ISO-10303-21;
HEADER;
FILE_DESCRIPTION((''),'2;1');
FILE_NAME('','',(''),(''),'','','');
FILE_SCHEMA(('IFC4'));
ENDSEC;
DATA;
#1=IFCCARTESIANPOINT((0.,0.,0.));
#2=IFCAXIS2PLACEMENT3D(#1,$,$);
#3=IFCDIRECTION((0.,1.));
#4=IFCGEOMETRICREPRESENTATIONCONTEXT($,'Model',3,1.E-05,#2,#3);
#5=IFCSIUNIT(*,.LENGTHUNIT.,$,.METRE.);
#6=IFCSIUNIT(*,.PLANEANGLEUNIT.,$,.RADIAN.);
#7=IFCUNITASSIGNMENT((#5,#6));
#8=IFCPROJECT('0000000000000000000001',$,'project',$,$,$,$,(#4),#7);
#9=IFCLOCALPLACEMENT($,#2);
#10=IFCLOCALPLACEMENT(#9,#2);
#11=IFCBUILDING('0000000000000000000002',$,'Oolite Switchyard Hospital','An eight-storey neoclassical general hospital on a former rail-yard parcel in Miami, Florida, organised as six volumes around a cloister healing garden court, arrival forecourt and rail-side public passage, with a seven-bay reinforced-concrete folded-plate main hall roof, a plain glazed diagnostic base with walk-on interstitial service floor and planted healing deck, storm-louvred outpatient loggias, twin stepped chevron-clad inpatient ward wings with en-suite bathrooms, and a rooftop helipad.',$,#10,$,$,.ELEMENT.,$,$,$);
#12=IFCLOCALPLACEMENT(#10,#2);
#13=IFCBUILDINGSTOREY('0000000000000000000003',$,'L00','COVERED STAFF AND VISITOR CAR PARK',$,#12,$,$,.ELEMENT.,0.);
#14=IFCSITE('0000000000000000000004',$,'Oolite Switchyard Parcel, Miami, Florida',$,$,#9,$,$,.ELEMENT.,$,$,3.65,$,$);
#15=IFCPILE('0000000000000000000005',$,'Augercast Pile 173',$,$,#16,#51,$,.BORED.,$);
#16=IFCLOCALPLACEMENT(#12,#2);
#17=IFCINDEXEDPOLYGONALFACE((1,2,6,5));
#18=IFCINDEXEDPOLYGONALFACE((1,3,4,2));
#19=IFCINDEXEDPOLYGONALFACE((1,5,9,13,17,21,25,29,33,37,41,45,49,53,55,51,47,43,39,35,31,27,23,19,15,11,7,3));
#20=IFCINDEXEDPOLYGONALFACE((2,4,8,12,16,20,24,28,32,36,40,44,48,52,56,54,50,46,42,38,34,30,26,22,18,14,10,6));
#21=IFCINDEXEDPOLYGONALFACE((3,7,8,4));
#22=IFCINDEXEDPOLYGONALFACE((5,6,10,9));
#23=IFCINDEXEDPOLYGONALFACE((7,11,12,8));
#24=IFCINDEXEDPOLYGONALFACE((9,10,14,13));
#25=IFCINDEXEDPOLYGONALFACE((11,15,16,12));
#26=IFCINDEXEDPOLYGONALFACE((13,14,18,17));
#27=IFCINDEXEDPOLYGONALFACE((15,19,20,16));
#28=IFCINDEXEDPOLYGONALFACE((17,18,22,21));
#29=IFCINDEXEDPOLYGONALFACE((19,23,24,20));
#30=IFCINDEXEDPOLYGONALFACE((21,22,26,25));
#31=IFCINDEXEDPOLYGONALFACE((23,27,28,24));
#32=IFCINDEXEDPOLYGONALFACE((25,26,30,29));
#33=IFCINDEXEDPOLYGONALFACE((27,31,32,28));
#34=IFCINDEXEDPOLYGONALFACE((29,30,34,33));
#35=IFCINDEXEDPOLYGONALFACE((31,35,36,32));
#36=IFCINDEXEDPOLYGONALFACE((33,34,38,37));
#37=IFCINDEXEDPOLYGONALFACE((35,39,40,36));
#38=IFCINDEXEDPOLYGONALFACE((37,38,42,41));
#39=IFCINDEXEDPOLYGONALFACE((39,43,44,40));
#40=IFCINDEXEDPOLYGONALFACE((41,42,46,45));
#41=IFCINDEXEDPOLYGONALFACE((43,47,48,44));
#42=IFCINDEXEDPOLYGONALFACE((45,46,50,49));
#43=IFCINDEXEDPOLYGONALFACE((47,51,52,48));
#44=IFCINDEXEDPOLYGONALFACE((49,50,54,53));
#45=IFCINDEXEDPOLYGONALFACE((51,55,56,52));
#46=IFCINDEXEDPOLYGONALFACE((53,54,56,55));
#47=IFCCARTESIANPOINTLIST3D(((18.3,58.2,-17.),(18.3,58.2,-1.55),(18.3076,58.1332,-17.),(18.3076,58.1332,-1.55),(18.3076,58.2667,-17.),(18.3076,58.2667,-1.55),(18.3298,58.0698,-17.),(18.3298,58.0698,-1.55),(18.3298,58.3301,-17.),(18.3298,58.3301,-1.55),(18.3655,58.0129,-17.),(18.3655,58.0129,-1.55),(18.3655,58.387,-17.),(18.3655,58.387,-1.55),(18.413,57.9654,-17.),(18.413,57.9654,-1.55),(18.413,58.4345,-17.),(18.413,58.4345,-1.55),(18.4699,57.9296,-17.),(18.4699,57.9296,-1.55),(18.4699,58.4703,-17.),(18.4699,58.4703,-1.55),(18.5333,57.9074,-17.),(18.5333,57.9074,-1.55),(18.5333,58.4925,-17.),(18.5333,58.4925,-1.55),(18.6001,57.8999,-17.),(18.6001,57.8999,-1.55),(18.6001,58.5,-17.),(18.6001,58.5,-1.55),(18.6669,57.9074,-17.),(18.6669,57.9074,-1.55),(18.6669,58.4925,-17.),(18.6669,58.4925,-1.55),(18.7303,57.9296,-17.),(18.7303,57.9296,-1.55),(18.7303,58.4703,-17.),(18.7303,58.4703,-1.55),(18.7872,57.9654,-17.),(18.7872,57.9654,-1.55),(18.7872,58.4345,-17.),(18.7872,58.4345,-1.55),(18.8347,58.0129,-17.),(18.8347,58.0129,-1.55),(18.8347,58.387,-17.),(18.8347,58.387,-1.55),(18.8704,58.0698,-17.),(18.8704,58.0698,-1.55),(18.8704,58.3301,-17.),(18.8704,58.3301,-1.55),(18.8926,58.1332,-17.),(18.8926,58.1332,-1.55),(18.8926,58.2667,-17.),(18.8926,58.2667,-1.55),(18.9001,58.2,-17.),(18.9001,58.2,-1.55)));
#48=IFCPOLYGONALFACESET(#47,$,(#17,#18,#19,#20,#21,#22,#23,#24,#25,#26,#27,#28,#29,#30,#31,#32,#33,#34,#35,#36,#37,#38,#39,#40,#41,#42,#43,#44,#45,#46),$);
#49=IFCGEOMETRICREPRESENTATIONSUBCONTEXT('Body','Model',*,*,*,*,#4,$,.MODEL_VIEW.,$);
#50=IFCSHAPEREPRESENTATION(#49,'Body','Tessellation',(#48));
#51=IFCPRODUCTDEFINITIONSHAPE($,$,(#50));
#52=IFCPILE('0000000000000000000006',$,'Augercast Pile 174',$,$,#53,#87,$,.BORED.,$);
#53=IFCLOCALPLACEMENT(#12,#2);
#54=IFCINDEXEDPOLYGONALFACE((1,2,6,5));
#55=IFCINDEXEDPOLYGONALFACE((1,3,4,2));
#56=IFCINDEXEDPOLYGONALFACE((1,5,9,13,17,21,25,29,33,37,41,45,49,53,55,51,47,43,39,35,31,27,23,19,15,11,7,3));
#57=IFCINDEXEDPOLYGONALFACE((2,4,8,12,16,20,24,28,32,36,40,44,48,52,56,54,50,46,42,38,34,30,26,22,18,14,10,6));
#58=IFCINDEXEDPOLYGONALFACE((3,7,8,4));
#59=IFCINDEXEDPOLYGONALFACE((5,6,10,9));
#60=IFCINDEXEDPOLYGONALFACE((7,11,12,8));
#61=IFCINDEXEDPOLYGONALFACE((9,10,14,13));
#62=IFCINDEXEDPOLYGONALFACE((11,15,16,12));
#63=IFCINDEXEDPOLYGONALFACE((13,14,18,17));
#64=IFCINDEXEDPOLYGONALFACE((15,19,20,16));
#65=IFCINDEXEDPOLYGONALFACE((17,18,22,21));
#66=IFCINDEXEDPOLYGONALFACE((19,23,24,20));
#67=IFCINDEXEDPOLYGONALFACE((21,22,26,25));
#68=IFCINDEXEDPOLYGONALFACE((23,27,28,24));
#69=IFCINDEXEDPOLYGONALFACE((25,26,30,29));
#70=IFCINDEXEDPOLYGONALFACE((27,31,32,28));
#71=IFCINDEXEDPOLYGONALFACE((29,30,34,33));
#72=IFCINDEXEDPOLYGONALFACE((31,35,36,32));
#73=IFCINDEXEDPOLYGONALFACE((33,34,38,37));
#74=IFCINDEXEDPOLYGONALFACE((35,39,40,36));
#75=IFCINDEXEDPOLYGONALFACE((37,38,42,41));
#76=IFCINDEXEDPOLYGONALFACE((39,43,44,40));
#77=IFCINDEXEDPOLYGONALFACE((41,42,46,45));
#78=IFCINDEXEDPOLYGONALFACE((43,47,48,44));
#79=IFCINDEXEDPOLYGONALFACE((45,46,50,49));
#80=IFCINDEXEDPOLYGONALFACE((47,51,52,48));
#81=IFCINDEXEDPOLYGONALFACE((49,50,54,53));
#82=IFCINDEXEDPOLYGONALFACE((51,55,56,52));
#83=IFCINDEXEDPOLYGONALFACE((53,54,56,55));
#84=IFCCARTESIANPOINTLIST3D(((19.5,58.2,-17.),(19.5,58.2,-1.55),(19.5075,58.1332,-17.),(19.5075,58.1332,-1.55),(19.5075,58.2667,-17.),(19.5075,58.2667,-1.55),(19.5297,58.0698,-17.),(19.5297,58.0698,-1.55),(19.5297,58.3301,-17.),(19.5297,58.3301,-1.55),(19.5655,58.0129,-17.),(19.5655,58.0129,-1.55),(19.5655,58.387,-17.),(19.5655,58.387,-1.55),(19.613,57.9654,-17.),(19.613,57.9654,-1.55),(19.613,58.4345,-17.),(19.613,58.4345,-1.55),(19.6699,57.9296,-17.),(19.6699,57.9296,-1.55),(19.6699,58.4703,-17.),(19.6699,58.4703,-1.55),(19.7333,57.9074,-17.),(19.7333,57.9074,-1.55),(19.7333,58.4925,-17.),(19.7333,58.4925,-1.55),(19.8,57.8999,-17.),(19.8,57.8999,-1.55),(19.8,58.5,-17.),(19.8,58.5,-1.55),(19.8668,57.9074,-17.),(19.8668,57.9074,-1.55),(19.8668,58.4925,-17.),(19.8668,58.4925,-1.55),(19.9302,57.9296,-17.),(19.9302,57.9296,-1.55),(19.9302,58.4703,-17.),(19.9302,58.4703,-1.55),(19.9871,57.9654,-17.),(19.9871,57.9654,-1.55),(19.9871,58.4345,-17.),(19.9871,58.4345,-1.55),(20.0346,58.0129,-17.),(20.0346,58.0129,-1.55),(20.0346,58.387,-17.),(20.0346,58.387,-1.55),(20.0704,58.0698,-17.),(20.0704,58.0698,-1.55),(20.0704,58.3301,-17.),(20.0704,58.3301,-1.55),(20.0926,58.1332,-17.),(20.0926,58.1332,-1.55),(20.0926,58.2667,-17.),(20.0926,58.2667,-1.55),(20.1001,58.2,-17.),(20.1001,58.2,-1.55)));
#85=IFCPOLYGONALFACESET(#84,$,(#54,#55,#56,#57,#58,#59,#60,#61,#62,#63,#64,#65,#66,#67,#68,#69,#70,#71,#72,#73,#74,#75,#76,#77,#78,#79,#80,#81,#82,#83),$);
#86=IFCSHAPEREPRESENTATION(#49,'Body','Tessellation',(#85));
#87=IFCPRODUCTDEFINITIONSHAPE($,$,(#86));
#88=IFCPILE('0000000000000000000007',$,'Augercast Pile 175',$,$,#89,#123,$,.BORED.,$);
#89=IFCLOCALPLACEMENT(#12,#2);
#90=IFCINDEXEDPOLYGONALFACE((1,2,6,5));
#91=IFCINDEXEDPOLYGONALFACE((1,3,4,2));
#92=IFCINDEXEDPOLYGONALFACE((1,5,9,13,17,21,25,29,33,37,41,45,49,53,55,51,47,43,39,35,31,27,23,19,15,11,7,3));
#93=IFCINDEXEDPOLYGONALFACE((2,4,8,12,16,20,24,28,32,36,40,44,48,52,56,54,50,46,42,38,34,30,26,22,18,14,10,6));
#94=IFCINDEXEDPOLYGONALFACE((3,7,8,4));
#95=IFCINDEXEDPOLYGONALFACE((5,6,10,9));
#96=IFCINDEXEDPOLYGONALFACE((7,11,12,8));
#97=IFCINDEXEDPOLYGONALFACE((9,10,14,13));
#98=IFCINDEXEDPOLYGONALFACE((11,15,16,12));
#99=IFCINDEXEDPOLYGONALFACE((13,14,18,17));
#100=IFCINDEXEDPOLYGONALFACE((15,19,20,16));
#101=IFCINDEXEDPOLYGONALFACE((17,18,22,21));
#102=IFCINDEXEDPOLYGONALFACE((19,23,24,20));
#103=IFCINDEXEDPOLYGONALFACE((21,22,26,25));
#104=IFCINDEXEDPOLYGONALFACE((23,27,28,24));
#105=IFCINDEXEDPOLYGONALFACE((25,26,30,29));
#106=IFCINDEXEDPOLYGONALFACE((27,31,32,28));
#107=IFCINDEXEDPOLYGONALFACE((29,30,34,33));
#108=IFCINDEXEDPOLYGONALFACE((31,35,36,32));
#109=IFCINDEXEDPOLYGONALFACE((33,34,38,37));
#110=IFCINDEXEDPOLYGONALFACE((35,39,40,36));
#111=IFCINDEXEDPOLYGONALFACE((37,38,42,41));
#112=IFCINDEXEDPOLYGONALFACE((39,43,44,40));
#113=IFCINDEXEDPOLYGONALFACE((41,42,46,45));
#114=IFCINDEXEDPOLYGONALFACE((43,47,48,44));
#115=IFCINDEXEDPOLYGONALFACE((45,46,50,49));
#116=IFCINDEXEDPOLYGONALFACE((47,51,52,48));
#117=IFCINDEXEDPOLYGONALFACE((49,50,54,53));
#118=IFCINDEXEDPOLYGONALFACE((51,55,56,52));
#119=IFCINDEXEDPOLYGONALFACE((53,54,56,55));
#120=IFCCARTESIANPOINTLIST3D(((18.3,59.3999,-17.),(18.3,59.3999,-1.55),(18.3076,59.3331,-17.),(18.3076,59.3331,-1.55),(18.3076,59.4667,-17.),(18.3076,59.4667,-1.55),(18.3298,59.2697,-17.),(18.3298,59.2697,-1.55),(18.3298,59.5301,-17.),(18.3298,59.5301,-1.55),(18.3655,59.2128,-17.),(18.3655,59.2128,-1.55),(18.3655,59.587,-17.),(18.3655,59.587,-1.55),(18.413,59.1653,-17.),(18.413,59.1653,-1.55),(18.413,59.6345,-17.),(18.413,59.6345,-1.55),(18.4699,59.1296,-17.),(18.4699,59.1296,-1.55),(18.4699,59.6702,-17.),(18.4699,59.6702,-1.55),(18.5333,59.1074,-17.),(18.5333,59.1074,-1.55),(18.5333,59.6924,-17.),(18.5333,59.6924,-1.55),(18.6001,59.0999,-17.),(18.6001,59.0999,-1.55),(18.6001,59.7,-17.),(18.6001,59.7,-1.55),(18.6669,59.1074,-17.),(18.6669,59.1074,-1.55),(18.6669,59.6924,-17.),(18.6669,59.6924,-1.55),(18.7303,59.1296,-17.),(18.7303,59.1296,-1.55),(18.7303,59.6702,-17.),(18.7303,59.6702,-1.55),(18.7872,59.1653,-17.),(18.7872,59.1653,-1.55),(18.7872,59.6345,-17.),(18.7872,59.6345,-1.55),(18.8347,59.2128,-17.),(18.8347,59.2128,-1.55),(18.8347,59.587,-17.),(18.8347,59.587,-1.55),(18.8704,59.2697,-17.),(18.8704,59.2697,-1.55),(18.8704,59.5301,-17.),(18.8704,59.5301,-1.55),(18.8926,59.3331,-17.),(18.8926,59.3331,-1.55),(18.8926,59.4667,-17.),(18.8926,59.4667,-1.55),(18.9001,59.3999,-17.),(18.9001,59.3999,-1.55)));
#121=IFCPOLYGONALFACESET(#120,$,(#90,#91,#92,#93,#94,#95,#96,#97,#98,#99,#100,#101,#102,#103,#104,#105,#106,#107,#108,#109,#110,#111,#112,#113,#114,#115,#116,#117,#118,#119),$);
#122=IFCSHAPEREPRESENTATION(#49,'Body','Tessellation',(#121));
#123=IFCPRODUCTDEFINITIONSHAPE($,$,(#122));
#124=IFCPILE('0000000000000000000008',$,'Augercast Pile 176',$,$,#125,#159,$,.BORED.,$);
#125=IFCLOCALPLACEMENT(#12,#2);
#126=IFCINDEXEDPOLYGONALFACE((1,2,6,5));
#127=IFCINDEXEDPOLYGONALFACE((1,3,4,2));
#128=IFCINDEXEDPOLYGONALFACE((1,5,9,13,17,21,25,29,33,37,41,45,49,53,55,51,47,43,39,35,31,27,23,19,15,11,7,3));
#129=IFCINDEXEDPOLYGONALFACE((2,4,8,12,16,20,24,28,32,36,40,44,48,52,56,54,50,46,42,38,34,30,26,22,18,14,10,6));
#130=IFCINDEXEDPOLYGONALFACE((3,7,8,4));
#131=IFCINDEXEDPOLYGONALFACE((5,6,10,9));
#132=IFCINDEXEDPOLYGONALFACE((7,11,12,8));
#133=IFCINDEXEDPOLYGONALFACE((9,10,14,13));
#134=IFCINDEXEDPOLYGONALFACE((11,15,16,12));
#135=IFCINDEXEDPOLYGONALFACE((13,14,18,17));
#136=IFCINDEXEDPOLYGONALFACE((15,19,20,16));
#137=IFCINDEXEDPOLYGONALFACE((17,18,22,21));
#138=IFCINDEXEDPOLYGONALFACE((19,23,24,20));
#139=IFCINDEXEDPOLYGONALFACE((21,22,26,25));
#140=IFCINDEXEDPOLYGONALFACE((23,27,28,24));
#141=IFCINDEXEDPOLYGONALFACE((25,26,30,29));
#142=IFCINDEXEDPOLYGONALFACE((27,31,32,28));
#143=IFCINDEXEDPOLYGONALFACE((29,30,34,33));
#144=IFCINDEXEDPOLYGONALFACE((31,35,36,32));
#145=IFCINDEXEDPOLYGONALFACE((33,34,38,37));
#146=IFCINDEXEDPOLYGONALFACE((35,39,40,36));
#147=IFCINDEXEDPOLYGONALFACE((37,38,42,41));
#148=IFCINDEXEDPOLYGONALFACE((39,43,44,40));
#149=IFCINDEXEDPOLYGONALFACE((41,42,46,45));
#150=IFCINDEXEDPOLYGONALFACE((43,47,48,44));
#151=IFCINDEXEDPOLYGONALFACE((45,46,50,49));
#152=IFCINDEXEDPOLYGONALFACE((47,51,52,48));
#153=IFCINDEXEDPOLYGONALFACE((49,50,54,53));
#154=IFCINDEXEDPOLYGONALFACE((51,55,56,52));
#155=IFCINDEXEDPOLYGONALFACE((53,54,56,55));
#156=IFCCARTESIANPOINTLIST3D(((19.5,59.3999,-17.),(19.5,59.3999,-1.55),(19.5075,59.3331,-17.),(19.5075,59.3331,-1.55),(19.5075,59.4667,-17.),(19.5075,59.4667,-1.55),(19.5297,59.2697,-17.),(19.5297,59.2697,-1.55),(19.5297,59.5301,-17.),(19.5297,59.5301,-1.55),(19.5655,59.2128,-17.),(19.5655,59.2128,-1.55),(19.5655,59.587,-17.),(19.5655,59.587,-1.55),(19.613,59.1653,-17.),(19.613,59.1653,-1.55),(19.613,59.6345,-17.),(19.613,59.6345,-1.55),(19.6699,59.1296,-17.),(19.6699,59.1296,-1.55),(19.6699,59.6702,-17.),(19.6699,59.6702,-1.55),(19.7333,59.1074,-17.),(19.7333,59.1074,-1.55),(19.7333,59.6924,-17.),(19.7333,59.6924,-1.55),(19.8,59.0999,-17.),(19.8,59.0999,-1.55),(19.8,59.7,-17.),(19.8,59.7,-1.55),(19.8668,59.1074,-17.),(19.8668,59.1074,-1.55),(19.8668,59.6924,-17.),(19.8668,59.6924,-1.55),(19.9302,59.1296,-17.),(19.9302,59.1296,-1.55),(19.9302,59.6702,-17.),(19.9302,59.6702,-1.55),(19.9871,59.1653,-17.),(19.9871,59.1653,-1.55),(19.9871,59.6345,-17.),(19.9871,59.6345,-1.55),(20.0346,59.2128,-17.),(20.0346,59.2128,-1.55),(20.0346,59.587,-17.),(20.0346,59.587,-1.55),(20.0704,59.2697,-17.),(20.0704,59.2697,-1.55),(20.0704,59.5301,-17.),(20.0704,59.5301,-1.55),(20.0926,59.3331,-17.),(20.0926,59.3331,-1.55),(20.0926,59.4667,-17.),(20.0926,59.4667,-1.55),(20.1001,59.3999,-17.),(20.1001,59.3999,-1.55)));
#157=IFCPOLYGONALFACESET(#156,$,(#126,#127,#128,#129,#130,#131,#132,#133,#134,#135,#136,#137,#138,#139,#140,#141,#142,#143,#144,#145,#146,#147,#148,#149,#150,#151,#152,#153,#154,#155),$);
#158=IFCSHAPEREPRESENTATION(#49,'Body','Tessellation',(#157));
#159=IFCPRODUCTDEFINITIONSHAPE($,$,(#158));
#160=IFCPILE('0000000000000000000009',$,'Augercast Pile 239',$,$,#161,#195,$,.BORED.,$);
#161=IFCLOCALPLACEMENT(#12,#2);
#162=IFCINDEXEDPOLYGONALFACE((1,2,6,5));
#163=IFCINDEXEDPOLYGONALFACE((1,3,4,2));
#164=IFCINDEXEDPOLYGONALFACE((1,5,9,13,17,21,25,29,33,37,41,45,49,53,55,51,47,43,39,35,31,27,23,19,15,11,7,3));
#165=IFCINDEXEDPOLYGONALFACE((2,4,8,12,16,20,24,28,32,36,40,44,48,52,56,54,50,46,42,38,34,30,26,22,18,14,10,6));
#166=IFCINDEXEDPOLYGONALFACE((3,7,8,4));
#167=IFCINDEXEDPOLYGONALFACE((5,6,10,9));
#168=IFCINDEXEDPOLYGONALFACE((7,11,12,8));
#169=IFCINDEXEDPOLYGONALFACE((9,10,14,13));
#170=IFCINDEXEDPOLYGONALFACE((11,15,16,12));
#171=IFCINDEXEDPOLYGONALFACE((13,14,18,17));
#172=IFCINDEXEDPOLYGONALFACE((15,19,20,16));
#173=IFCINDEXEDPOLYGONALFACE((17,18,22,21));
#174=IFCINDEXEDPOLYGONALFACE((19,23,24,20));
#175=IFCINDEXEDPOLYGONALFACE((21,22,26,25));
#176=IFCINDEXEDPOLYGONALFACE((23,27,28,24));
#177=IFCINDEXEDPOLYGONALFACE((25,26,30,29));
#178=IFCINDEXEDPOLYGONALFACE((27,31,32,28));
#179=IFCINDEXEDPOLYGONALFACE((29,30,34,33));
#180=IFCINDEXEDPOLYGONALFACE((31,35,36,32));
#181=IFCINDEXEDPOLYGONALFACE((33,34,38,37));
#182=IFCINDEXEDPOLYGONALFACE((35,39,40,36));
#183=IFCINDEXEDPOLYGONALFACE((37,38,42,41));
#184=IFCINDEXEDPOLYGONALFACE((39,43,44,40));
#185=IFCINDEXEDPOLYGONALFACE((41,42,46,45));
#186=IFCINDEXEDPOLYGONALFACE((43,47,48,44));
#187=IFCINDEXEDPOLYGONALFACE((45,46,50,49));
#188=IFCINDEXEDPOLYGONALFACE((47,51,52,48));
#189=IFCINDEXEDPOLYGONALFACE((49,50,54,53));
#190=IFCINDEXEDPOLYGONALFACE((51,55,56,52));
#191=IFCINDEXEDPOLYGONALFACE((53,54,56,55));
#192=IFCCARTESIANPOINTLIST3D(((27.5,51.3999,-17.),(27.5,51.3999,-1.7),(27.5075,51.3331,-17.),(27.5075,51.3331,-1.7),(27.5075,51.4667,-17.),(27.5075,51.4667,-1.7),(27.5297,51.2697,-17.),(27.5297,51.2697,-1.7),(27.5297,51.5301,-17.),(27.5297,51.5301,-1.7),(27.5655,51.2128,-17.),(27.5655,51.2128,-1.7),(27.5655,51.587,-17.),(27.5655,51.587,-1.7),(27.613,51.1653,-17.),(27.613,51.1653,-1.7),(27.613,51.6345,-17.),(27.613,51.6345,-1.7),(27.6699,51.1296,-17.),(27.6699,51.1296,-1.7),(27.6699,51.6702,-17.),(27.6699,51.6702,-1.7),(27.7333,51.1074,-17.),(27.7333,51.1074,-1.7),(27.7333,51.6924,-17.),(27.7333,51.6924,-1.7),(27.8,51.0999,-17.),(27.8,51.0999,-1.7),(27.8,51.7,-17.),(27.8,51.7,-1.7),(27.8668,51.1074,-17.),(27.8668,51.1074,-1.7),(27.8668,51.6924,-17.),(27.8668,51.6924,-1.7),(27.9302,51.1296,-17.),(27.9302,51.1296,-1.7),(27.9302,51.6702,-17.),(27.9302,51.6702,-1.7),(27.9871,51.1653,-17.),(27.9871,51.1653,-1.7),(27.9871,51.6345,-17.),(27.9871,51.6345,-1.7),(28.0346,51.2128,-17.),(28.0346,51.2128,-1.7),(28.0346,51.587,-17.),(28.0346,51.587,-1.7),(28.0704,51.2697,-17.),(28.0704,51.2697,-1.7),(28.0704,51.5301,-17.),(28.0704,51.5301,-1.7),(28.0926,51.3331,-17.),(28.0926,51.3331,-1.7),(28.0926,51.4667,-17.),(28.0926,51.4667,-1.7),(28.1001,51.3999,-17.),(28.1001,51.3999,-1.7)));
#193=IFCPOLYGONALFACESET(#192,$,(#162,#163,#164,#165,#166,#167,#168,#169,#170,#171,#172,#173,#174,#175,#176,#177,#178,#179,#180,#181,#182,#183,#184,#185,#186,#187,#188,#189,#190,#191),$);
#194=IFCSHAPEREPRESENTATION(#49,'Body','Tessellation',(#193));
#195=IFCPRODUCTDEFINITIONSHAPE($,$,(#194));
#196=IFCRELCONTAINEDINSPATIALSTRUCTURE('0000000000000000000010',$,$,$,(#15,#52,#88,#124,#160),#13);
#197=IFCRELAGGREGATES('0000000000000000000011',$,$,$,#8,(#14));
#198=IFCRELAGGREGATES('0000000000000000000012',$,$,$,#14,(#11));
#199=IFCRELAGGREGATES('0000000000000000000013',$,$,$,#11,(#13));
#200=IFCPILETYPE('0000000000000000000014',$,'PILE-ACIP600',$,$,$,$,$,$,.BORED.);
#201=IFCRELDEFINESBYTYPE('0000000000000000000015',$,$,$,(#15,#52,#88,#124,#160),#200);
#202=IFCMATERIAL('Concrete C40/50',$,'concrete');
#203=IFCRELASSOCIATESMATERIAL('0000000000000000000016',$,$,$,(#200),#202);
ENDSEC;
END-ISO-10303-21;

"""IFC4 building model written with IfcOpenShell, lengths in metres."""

from ifc_helpers import new_model, si_unit, direction, frame, origin, origin_2d, place, context, subcontext, project, spatial, circle, extrude, material, material_profile, profile_set, type_object, element, save


model = new_model("IFC4")

# Units and contexts
model_context = context("Model", 3, precision=1e-05, world=origin(), true_north=direction((0.0, 1.0)))
body_context = subcontext(model_context, "Body", "Model", "MODEL_VIEW")
ifc_project = project(units=[si_unit("LENGTHUNIT", "METRE"), si_unit("PLANEANGLEUNIT", "RADIAN")], contexts=[model_context])

# Site, building, storey
site_placement = place(None, origin())
site = spatial("IfcSite", under=ifc_project, at=site_placement, Name="Oolite Switchyard Parcel, Miami, Florida", CompositionType="ELEMENT", RefElevation=3.65)
building_placement = place(site_placement, origin())
building = spatial("IfcBuilding", under=site, at=building_placement, Name="Oolite Switchyard Hospital", Description="An eight-storey neoclassical general hospital on a former rail-yard parcel in Miami, Florida, organised as six volumes around a cloister healing garden court, arrival forecourt and rail-side public passage, with a seven-bay reinforced-concrete folded-plate main hall roof, a plain glazed diagnostic base with walk-on interstitial service floor and planted healing deck, storm-louvred outpatient loggias, twin stepped chevron-clad inpatient ward wings with en-suite bathrooms, and a rooftop helipad.", CompositionType="ELEMENT")
storey_placement = place(building_placement, origin())
storey = spatial("IfcBuildingStorey", under=building, at=storey_placement, Name="L00", Description="COVERED STAFF AND VISITOR CAR PARK", CompositionType="ELEMENT", Elevation=0.0)

# Shared definitions
ifc_material_1 = material(Name="Concrete C40/50", Category="concrete")

# Piles
ifc_material_profile_1 = material_profile(ifc_material_1, circle(Radius=0.3, at=origin_2d()), Name="PILE600")
ifc_profile_set_1 = profile_set([ifc_material_profile_1], Name="Concrete C40/50")
pile_type = type_object("IfcPileType", Name="PILE-ACIP600", PredefinedType="BORED", material=ifc_profile_set_1)
for number, where, z_axis, x_axis, name in (
    (1, (18.6001, 58.2, -1.55), (0.0, 0.0, -1.0), (1.0, 0.0, 0.0), "Augercast Pile 173"),
    (2, (19.8, 58.2, -1.55), (0.0, 0.0, -1.0), (1.0, 0.0, 0.0), "Augercast Pile 174"),
    (3, (18.6001, 59.3999, -1.55), (0.0, 0.0, -1.0), (1.0, 0.0, 0.0), "Augercast Pile 175"),
    (4, (19.8, 59.3999, -1.55), (0.0, 0.0, -1.0), (1.0, 0.0, 0.0), "Augercast Pile 176"),
):
    element("IfcPile", number, at=place(storey_placement, frame(where, z_axis=z_axis, x_axis=x_axis)), inside=storey, type_object=pile_type, Name=name, PredefinedType="BORED", context=body_context, shape_type="SweptSolid", body=[
        extrude(circle(Radius=0.3, at=origin_2d()), origin(), (0.0, 0.0, 1.0), 15.45),
    ])
pile_placement = place(storey_placement, frame((27.8, 51.3999, -1.7), z_axis=(0.0, 0.0, -1.0), x_axis=(1.0, 0.0, 0.0)))
element("IfcPile", 5, at=pile_placement, inside=storey, type_object=pile_type, Name="Augercast Pile 239", PredefinedType="BORED", context=body_context, shape_type="SweptSolid", body=[
    extrude(circle(Radius=0.3, at=origin_2d()), origin(), (0.0, 0.0, 1.0), 15.3),
])

save(model, "model.ifc")
